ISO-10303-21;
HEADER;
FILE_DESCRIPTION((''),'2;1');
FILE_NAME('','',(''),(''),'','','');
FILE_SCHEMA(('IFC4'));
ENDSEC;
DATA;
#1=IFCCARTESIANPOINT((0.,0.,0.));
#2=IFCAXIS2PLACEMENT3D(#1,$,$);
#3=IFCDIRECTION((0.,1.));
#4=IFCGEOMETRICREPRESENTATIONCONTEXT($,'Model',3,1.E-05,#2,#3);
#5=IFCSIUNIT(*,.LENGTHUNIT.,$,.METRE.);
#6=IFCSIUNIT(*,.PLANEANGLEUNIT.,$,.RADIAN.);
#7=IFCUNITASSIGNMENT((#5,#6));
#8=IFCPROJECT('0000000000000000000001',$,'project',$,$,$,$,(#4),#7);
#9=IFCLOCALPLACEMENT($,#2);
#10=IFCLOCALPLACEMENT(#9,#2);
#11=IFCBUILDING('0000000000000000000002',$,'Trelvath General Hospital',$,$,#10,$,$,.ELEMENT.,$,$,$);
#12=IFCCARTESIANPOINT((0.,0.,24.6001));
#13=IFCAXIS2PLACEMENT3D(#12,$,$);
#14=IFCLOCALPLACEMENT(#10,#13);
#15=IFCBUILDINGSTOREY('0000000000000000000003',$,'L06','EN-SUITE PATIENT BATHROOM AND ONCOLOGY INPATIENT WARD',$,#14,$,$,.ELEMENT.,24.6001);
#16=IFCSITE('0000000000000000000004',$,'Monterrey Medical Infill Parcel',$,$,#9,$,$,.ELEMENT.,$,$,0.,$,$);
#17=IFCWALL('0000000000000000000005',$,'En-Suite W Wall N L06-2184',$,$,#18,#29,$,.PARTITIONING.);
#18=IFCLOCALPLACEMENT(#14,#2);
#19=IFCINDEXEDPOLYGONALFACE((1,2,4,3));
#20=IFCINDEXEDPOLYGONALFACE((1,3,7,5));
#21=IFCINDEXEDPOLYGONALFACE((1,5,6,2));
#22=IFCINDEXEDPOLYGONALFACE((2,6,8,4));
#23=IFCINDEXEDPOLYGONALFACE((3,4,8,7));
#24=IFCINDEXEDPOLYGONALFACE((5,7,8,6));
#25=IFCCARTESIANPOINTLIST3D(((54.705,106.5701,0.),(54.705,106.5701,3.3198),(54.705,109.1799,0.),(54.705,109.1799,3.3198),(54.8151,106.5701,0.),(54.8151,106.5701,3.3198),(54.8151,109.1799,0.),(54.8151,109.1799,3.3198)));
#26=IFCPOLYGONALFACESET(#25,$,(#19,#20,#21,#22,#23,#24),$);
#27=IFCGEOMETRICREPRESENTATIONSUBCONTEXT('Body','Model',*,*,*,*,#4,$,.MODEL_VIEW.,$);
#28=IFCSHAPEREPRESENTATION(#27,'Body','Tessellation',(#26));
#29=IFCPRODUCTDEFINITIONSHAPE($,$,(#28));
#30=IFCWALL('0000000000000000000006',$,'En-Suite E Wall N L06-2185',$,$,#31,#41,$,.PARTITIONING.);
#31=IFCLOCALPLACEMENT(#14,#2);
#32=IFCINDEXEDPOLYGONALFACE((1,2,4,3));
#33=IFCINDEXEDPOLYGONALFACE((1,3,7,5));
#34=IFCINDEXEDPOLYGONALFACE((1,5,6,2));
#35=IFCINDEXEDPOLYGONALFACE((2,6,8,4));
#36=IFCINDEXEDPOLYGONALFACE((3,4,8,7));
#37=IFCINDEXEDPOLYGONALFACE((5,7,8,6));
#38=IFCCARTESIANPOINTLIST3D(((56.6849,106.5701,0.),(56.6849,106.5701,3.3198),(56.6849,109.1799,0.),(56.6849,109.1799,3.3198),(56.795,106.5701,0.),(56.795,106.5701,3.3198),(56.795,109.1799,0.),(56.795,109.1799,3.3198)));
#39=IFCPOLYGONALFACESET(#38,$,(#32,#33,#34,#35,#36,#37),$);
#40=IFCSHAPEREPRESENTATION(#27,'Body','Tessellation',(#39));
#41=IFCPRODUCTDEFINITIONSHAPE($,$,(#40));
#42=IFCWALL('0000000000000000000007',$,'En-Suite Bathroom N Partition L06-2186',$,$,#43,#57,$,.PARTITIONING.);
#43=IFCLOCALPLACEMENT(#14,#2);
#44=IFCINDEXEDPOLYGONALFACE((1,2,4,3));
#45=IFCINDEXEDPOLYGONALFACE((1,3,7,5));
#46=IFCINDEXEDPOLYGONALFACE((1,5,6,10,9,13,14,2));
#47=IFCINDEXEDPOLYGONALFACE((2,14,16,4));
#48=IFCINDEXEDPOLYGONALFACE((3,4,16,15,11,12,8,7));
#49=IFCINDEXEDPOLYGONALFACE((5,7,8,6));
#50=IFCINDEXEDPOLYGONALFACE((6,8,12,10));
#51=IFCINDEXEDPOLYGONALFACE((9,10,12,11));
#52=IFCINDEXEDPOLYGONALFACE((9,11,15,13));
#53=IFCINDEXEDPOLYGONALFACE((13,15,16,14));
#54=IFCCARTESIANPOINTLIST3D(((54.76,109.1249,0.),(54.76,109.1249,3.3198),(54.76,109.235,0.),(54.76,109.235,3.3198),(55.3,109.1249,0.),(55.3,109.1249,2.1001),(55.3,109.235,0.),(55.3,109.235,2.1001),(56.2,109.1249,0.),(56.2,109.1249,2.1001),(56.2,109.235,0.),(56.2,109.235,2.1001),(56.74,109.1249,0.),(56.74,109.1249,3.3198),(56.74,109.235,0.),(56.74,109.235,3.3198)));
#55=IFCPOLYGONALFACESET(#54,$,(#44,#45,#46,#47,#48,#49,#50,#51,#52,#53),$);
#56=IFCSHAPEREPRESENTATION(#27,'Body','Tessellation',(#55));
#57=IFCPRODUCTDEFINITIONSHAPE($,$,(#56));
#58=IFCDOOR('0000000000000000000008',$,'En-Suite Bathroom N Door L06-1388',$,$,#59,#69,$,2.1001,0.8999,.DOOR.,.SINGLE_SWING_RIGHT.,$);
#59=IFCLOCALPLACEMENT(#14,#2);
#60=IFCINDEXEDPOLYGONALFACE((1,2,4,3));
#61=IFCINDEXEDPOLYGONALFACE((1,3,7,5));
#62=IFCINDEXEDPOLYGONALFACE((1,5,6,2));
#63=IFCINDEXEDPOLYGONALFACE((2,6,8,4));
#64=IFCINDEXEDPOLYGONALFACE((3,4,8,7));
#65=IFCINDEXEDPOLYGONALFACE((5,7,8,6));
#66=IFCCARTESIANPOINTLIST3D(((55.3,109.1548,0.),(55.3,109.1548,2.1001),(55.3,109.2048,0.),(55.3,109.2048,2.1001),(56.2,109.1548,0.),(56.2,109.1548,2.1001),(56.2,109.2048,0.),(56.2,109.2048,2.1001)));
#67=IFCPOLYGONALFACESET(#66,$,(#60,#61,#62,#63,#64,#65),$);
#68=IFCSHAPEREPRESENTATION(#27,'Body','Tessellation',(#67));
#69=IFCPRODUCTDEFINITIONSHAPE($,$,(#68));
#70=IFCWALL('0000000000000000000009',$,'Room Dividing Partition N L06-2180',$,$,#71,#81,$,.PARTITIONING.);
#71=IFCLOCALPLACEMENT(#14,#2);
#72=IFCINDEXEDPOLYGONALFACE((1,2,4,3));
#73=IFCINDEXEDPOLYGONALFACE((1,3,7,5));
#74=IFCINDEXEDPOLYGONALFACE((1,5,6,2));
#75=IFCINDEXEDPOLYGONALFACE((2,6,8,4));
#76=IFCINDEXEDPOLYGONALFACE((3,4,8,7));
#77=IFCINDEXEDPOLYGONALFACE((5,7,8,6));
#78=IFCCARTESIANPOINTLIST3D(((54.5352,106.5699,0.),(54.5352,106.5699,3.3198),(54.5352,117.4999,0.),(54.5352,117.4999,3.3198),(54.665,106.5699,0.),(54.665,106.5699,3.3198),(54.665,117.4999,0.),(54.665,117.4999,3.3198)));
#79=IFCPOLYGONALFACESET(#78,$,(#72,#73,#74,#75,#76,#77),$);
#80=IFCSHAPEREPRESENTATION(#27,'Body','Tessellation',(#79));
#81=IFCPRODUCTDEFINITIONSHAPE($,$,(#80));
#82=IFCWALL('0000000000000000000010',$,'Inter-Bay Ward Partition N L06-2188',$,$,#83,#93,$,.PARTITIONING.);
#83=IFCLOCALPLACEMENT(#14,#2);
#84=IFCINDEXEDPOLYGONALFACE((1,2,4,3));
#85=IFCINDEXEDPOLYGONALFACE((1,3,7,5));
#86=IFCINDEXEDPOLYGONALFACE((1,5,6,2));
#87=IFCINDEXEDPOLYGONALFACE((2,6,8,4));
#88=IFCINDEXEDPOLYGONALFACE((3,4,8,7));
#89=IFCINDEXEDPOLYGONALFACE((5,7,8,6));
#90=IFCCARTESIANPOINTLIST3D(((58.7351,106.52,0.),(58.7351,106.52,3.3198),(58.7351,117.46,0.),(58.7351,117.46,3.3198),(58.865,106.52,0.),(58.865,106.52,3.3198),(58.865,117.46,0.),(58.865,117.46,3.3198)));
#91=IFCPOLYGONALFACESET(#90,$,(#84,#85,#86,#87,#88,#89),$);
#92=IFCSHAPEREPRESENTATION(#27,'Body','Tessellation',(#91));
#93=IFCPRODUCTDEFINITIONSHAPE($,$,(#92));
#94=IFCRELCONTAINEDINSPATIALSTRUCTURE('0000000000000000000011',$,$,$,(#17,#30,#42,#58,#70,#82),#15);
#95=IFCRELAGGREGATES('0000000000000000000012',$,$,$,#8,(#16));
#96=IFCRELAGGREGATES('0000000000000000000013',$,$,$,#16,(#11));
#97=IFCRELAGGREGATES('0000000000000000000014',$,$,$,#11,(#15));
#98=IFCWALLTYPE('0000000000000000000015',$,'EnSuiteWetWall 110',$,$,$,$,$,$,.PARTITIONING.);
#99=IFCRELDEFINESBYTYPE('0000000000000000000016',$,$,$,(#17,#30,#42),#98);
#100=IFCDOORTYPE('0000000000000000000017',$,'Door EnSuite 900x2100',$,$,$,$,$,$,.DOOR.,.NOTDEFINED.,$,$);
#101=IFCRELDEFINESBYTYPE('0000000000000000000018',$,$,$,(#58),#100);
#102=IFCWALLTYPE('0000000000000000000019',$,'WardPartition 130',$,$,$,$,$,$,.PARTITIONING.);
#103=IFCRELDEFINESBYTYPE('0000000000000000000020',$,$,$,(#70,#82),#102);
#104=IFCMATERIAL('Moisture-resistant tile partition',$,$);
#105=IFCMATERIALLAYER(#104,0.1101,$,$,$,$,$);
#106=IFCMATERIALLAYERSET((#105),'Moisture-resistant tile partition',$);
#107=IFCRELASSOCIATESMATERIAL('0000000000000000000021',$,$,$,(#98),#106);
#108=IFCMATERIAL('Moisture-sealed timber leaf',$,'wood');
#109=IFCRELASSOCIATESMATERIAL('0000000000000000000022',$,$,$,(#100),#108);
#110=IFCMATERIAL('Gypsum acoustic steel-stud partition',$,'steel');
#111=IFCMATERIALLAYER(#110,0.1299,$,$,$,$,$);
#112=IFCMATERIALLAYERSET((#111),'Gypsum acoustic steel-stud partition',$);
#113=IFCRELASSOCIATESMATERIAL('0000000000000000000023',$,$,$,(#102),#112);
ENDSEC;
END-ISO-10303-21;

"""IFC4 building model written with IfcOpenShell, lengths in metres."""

from ifc_helpers import new_model, si_unit, direction, frame, frame_2d, origin, place, context, subcontext, project, spatial, rectangle, extrude, material, layer, layer_set, type_object, element, fill, save


model = new_model("IFC4")

# Units and contexts
model_context = context("Model", 3, precision=1e-05, world=origin(), true_north=direction((0.0, 1.0)))
body_context = subcontext(model_context, "Body", "Model", "MODEL_VIEW")
ifc_project = project(units=[si_unit("LENGTHUNIT", "METRE"), si_unit("PLANEANGLEUNIT", "RADIAN")], contexts=[model_context])

# Site, building, storey
site_placement = place(None, origin())
site = spatial("IfcSite", under=ifc_project, at=site_placement, Name="Monterrey Medical Infill Parcel", CompositionType="ELEMENT", RefElevation=0.0)
building_placement = place(site_placement, origin())
building = spatial("IfcBuilding", under=site, at=building_placement, Name="Trelvath General Hospital", CompositionType="ELEMENT")
storey_placement = place(building_placement, frame((0.0, 0.0, 24.6001)))
storey = spatial("IfcBuildingStorey", under=building, at=storey_placement, Name="L06", Description="EN-SUITE PATIENT BATHROOM AND ONCOLOGY INPATIENT WARD", CompositionType="ELEMENT", Elevation=24.6001)

# Shared definitions
ifc_material_1 = material(Name="Moisture-resistant tile partition")
ifc_layer_1 = layer(ifc_material_1, 0.1101)
ifc_layer_set_1 = layer_set([ifc_layer_1], Name="Moisture-resistant tile partition")
wall_type_1 = type_object("IfcWallType", Name="EnSuiteWetWall 110", PredefinedType="PARTITIONING", material=ifc_layer_set_1)

# Shared definitions
ifc_material_2 = material(Name="Moisture-sealed timber leaf", Category="wood")
door_type_1 = type_object("IfcDoorType", Name="Door EnSuite 900x2100", OperationType="NOTDEFINED", PredefinedType="DOOR", material=ifc_material_2)

# Walls
for number, where, z_axis, x_axis, name in (
    (1, (54.76, 106.5701, 0.0), (0.0, 0.0, 1.0), (0.0, 1.0, 0.0), "En-Suite W Wall N L06-2184"),
    (2, (56.74, 106.5701, 0.0), (0.0, 0.0, 1.0), (0.0, 1.0, 0.0), "En-Suite E Wall N L06-2185"),
):
    element("IfcWall", number, at=place(storey_placement, frame(where, z_axis=z_axis, x_axis=x_axis)), inside=storey, type_object=wall_type_1, Name=name, PredefinedType="PARTITIONING", context=body_context, shape_type="SweptSolid", body=[
        extrude(rectangle(XDim=2.6099, YDim=0.1101, at=frame_2d((1.3049, 0.0))), origin(), (0.0, 0.0, 1.0), 3.3198),
    ])

# Wall, opening, door
wall_1_placement = place(storey_placement, frame((54.76, 109.1799, 0.0), z_axis=(0.0, 0.0, 1.0), x_axis=(1.0, 0.0, 0.0)))
wall_1 = element("IfcWall", 3, at=wall_1_placement, inside=storey, type_object=wall_type_1, Name="En-Suite Bathroom N Partition L06-2186", PredefinedType="PARTITIONING", context=body_context, shape_type="SweptSolid", body=[
    extrude(rectangle(XDim=1.98, YDim=0.1101, at=frame_2d((0.99, 0.0))), origin(), (0.0, 0.0, 1.0), 3.3198),
])
opening_1_placement = place(wall_1_placement, frame((0.54, 0.0, 0.0)))
opening_1 = element("IfcOpeningElement", 4, at=opening_1_placement, cuts=wall_1, PredefinedType="OPENING", context=body_context, shape_type="SweptSolid", body=[
    extrude(rectangle(XDim=0.8999, YDim=2.1001, at=frame_2d((0.45, 1.05))), frame((0.0, 0.0649, 0.0), z_axis=(0.0, -1.0, 0.0), x_axis=(1.0, 0.0, 0.0)), (0.0, 0.0, 1.0), 0.1301),
])
door_1_placement = place(opening_1_placement, origin())
door_1 = element("IfcDoor", 5, at=door_1_placement, inside=storey, type_object=door_type_1, Name="En-Suite Bathroom N Door L06-1388", OperationType="SINGLE_SWING_RIGHT", OverallHeight=2.1001, OverallWidth=0.8999, PredefinedType="DOOR", context=body_context, shape_type="SweptSolid", body=[
    extrude(rectangle(XDim=0.8999, YDim=2.1001, at=frame_2d((0.45, 1.05))), frame((0.0, 0.0249, 0.0), z_axis=(0.0, -1.0, 0.0), x_axis=(1.0, 0.0, 0.0)), (0.0, 0.0, 1.0), 0.05),
])
fill(opening_1, door_1)

# Walls
ifc_material_3 = material(Name="Gypsum acoustic steel-stud partition", Category="steel")
ifc_layer_2 = layer(ifc_material_3, 0.1299)
ifc_layer_set_2 = layer_set([ifc_layer_2], Name="Gypsum acoustic steel-stud partition")
wall_type_2 = type_object("IfcWallType", Name="WardPartition 130", PredefinedType="PARTITIONING", material=ifc_layer_set_2)
wall_2_placement = place(storey_placement, frame((54.6001, 106.5701, 0.0), z_axis=(0.0, 0.0, 1.0), x_axis=(0.0, 1.0, 0.0)))
element("IfcWall", 6, at=wall_2_placement, inside=storey, type_object=wall_type_2, Name="Room Dividing Partition N L06-2180", PredefinedType="PARTITIONING", context=body_context, shape_type="SweptSolid", body=[
    extrude(rectangle(XDim=10.9299, YDim=0.1299, at=frame_2d((5.4648, 0.0))), origin(), (0.0, 0.0, 1.0), 3.3198),
])
wall_3_placement = place(storey_placement, frame((58.8, 106.52, 0.0), z_axis=(0.0, 0.0, 1.0), x_axis=(0.0, 1.0, 0.0)))
element("IfcWall", 7, at=wall_3_placement, inside=storey, type_object=wall_type_2, Name="Inter-Bay Ward Partition N L06-2188", PredefinedType="PARTITIONING", context=body_context, shape_type="SweptSolid", body=[
    extrude(rectangle(XDim=10.9399, YDim=0.1299, at=frame_2d((5.47, 0.0))), origin(), (0.0, 0.0, 1.0), 3.3198),
])

save(model, "model.ifc")
